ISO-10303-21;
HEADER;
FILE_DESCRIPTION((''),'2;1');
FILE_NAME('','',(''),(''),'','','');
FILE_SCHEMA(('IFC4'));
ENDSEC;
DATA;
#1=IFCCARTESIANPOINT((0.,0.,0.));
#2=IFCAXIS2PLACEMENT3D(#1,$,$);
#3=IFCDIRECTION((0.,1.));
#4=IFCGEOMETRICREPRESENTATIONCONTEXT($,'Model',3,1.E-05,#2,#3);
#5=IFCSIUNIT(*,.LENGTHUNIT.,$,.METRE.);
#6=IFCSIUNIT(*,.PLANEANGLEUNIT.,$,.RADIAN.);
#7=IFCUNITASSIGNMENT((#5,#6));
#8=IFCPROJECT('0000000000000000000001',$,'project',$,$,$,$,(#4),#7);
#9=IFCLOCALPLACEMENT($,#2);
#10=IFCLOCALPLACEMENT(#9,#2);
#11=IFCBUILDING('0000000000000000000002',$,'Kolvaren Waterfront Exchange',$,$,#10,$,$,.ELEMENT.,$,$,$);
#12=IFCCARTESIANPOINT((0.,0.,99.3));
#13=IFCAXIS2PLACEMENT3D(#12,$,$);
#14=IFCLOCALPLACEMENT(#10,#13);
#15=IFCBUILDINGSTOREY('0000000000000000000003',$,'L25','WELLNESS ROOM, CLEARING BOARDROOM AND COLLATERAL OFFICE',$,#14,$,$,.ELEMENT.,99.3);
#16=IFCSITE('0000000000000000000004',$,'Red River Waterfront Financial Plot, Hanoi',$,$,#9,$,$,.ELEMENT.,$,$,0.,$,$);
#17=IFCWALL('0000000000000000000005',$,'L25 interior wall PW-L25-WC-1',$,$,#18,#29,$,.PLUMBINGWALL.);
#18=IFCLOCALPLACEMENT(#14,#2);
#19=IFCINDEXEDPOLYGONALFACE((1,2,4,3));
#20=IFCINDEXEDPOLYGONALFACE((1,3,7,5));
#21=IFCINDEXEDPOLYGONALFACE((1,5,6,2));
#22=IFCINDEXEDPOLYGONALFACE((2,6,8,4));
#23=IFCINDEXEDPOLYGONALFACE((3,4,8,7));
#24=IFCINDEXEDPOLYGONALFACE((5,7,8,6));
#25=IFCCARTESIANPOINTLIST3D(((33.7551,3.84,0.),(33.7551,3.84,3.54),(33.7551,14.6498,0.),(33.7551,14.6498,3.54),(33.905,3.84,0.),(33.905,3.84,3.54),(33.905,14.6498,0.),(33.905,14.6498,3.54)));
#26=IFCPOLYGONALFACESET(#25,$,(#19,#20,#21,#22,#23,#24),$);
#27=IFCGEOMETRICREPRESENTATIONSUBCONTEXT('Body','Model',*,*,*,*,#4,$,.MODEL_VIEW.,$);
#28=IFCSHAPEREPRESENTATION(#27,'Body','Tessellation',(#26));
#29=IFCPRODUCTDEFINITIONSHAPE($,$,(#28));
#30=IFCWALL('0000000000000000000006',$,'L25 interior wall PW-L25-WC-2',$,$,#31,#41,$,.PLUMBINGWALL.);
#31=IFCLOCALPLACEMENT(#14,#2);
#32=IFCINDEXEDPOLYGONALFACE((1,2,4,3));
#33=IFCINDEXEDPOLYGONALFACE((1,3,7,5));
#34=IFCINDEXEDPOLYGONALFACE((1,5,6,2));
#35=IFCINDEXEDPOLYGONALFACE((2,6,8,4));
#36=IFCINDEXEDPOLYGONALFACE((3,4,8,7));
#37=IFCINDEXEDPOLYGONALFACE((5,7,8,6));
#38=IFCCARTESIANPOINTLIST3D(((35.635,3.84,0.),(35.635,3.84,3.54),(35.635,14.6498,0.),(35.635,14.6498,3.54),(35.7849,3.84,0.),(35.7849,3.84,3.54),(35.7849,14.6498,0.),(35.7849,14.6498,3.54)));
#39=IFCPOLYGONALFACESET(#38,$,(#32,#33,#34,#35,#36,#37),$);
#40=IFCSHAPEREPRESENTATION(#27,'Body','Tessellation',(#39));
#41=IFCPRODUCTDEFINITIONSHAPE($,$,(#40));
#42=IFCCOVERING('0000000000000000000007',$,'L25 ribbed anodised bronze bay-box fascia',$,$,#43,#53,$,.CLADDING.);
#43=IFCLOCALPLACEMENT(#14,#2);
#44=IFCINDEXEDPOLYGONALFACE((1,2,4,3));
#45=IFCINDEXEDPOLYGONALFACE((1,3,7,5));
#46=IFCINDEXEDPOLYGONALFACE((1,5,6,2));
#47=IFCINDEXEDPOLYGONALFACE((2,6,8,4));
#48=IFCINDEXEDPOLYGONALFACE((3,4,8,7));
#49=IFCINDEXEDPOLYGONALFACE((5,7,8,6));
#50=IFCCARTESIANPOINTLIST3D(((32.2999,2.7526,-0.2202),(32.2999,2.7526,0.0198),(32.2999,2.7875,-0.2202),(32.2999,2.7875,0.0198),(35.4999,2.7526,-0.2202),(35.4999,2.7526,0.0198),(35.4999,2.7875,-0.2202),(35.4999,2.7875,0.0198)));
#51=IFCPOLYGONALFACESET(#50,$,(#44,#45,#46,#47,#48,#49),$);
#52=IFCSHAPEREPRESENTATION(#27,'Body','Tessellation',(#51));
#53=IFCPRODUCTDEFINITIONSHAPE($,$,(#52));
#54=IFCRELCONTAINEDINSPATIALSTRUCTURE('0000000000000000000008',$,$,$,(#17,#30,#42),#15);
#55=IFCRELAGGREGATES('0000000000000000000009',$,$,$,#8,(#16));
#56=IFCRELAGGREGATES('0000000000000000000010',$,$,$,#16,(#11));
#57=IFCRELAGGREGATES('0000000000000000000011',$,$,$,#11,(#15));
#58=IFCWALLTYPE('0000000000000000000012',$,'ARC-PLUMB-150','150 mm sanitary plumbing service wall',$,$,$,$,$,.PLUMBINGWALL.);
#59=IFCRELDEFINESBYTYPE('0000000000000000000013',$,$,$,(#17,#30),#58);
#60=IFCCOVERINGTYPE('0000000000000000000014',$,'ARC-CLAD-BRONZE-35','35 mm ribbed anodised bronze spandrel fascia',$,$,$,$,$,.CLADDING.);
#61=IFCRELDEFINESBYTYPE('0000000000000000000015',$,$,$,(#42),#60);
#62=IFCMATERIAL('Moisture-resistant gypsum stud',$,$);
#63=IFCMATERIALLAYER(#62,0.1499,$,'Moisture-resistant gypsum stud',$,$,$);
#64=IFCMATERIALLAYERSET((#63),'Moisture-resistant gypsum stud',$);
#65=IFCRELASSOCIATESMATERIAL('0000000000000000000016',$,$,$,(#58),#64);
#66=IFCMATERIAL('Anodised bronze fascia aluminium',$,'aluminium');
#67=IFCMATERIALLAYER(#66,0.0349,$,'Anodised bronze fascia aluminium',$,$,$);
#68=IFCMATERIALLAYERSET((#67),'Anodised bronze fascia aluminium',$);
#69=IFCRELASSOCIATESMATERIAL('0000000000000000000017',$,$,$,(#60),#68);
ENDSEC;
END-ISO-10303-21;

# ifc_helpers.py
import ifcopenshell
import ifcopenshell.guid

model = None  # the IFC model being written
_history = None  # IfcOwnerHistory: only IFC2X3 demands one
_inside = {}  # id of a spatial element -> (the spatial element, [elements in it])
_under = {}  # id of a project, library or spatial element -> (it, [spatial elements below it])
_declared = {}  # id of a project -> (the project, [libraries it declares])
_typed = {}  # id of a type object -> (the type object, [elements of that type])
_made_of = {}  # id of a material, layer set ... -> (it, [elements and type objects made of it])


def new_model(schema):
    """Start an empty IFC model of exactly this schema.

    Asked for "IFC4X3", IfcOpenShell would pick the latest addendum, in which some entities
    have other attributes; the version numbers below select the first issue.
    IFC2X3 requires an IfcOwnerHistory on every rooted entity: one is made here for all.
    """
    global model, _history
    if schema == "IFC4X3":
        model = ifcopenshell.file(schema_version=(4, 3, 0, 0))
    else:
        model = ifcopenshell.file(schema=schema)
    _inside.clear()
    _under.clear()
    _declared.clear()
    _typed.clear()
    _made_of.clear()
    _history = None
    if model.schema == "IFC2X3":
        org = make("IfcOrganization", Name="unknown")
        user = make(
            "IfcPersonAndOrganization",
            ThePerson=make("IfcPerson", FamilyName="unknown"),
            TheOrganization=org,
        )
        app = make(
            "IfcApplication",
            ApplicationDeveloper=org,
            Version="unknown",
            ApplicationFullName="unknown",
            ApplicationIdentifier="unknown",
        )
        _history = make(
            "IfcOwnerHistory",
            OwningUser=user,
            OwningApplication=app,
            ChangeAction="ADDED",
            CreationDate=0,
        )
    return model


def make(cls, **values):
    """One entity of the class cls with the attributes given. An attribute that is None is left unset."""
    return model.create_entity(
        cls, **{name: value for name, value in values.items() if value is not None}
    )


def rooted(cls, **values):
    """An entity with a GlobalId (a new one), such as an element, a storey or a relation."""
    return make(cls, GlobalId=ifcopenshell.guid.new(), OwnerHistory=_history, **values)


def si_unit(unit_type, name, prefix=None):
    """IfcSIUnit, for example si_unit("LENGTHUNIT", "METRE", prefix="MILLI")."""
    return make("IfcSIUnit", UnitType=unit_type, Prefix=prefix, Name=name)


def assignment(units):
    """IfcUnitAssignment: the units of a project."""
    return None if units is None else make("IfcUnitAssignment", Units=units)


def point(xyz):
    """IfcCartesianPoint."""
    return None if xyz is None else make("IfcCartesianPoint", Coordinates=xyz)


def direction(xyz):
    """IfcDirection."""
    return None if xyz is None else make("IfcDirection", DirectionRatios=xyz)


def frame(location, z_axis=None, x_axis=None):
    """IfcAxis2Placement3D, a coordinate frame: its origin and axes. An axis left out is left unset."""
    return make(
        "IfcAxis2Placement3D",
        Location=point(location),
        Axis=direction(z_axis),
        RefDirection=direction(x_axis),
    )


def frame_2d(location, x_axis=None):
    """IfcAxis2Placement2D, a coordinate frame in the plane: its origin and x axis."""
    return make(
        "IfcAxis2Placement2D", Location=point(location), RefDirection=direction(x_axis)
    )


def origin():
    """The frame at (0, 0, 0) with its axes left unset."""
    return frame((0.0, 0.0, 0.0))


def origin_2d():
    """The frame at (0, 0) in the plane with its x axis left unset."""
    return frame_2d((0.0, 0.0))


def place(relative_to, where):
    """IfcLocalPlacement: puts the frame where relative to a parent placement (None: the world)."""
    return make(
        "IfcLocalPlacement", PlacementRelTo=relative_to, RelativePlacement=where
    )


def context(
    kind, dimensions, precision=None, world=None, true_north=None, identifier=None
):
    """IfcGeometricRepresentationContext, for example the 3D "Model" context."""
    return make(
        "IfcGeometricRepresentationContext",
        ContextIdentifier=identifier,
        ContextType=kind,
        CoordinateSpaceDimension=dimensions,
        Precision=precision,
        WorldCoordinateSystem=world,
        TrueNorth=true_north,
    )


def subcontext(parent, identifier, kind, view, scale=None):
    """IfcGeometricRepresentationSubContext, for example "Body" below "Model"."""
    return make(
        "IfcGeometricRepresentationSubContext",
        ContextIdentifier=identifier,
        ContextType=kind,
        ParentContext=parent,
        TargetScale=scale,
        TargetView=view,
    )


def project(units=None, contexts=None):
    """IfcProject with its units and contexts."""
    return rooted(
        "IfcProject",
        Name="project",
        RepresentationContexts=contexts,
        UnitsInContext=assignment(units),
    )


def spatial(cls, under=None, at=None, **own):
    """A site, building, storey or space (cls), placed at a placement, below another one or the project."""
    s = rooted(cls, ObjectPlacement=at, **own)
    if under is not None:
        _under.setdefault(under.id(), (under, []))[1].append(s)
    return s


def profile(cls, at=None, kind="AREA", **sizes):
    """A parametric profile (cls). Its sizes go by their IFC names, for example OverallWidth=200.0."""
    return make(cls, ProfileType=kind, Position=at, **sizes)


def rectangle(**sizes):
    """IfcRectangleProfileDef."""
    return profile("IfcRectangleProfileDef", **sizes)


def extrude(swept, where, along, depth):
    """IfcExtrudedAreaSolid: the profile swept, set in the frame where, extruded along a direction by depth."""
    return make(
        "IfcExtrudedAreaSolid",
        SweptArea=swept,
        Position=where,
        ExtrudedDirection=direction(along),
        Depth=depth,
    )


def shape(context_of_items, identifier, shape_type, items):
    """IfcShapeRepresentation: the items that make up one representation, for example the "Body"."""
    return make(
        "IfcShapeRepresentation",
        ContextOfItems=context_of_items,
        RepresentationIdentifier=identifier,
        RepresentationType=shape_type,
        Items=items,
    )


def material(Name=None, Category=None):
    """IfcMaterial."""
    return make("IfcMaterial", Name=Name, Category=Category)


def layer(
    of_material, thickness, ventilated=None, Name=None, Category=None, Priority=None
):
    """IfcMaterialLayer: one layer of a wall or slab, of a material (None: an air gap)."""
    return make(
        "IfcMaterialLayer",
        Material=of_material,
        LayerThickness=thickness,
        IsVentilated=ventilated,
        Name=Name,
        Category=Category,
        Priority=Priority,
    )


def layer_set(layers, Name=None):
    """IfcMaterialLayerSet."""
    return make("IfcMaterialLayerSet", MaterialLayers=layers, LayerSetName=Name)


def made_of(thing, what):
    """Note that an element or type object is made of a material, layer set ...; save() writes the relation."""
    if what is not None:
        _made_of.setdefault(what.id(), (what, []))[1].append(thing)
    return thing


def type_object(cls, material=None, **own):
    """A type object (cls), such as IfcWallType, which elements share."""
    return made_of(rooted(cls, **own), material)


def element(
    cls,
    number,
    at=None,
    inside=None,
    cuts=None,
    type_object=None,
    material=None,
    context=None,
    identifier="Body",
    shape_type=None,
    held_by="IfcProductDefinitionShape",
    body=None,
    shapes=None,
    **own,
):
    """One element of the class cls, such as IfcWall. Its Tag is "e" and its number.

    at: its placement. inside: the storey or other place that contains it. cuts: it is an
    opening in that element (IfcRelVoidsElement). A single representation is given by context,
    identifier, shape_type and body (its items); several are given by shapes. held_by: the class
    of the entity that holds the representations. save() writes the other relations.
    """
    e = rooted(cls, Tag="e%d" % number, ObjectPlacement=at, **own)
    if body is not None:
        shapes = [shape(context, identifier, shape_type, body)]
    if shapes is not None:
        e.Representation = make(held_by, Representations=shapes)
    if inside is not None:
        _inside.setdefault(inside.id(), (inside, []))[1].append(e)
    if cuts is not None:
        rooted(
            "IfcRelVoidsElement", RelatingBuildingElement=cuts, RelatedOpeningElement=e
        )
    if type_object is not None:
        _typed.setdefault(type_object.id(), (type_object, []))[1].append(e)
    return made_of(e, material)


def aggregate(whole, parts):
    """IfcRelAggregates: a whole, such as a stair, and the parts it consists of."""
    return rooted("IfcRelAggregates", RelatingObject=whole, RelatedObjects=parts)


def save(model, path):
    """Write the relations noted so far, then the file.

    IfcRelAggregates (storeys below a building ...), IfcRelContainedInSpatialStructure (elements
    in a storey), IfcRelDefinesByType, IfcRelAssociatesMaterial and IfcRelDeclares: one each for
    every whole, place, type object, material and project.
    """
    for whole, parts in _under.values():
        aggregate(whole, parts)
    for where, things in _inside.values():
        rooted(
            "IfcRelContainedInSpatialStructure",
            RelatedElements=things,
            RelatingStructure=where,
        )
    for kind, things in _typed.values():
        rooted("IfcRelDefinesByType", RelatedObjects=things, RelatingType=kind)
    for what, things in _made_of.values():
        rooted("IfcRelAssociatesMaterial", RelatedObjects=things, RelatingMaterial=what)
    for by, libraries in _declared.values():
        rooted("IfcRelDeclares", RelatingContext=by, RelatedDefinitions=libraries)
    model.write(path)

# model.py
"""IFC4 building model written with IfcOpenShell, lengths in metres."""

from ifc_helpers import new_model, si_unit, direction, frame, frame_2d, origin, origin_2d, place, context, subcontext, project, spatial, rectangle, extrude, material, layer, layer_set, type_object, element, save


model = new_model("IFC4")

# Units and contexts
model_context = context("Model", 3, precision=1e-05, world=origin(), true_north=direction((0.0, 1.0)))
body_context = subcontext(model_context, "Body", "Model", "MODEL_VIEW")
ifc_project = project(units=[si_unit("LENGTHUNIT", "METRE"), si_unit("PLANEANGLEUNIT", "RADIAN")], contexts=[model_context])

# Site, building, storey
site_placement = place(None, origin())
site = spatial("IfcSite", under=ifc_project, at=site_placement, Name="Red River Waterfront Financial Plot, Hanoi", CompositionType="ELEMENT", RefElevation=0.0)
building_placement = place(site_placement, origin())
building = spatial("IfcBuilding", under=site, at=building_placement, Name="Kolvaren Waterfront Exchange", CompositionType="ELEMENT")
storey_placement = place(building_placement, frame((0.0, 0.0, 99.3)))
storey = spatial("IfcBuildingStorey", under=building, at=storey_placement, Name="L25", Description="WELLNESS ROOM, CLEARING BOARDROOM AND COLLATERAL OFFICE", CompositionType="ELEMENT", Elevation=99.3)

# Walls
ifc_material_1 = material(Name="Moisture-resistant gypsum stud")
ifc_layer_1 = layer(ifc_material_1, 0.1499, Name="Moisture-resistant gypsum stud")
ifc_layer_set_1 = layer_set([ifc_layer_1], Name="Moisture-resistant gypsum stud")
wall_type = type_object("IfcWallType", Name="ARC-PLUMB-150", Description="150 mm sanitary plumbing service wall", PredefinedType="PLUMBINGWALL", material=ifc_layer_set_1)
for number, where, z_axis, x_axis, name in (
    (1, (33.8301, 3.8401, 0.0), (0.0, 0.0, 1.0), (0.0, 1.0, 0.0), "L25 interior wall PW-L25-WC-1"),
    (2, (35.71, 3.8401, 0.0), (0.0, 0.0, 1.0), (0.0, 1.0, 0.0), "L25 interior wall PW-L25-WC-2"),
):
    element("IfcWall", number, at=place(storey_placement, frame(where, z_axis=z_axis, x_axis=x_axis)), inside=storey, type_object=wall_type, Name=name, PredefinedType="PLUMBINGWALL", context=body_context, shape_type="SweptSolid", body=[
        extrude(rectangle(XDim=10.8098, YDim=0.1499, at=frame_2d((5.4048, 0.0))), origin(), (0.0, 0.0, 1.0), 3.54),
    ])

# Covering
ifc_material_2 = material(Name="Anodised bronze fascia aluminium", Category="aluminium")
ifc_layer_2 = layer(ifc_material_2, 0.0349, Name="Anodised bronze fascia aluminium")
ifc_layer_set_2 = layer_set([ifc_layer_2], Name="Anodised bronze fascia aluminium")
covering_type = type_object("IfcCoveringType", Name="ARC-CLAD-BRONZE-35", Description="35 mm ribbed anodised bronze spandrel fascia", PredefinedType="CLADDING", material=ifc_layer_set_2)
covering_placement = place(storey_placement, frame((33.8999, 2.77, -0.2202), z_axis=(0.0, 0.0, 1.0), x_axis=(1.0, 0.0, 0.0)))
element("IfcCovering", 3, at=covering_placement, inside=storey, type_object=covering_type, Name="L25 ribbed anodised bronze bay-box fascia", PredefinedType="CLADDING", context=body_context, shape_type="SweptSolid", body=[
    extrude(rectangle(XDim=3.2, YDim=0.0349, at=origin_2d()), origin(), (0.0, 0.0, 1.0), 0.24),
])

save(model, "model.ifc")
